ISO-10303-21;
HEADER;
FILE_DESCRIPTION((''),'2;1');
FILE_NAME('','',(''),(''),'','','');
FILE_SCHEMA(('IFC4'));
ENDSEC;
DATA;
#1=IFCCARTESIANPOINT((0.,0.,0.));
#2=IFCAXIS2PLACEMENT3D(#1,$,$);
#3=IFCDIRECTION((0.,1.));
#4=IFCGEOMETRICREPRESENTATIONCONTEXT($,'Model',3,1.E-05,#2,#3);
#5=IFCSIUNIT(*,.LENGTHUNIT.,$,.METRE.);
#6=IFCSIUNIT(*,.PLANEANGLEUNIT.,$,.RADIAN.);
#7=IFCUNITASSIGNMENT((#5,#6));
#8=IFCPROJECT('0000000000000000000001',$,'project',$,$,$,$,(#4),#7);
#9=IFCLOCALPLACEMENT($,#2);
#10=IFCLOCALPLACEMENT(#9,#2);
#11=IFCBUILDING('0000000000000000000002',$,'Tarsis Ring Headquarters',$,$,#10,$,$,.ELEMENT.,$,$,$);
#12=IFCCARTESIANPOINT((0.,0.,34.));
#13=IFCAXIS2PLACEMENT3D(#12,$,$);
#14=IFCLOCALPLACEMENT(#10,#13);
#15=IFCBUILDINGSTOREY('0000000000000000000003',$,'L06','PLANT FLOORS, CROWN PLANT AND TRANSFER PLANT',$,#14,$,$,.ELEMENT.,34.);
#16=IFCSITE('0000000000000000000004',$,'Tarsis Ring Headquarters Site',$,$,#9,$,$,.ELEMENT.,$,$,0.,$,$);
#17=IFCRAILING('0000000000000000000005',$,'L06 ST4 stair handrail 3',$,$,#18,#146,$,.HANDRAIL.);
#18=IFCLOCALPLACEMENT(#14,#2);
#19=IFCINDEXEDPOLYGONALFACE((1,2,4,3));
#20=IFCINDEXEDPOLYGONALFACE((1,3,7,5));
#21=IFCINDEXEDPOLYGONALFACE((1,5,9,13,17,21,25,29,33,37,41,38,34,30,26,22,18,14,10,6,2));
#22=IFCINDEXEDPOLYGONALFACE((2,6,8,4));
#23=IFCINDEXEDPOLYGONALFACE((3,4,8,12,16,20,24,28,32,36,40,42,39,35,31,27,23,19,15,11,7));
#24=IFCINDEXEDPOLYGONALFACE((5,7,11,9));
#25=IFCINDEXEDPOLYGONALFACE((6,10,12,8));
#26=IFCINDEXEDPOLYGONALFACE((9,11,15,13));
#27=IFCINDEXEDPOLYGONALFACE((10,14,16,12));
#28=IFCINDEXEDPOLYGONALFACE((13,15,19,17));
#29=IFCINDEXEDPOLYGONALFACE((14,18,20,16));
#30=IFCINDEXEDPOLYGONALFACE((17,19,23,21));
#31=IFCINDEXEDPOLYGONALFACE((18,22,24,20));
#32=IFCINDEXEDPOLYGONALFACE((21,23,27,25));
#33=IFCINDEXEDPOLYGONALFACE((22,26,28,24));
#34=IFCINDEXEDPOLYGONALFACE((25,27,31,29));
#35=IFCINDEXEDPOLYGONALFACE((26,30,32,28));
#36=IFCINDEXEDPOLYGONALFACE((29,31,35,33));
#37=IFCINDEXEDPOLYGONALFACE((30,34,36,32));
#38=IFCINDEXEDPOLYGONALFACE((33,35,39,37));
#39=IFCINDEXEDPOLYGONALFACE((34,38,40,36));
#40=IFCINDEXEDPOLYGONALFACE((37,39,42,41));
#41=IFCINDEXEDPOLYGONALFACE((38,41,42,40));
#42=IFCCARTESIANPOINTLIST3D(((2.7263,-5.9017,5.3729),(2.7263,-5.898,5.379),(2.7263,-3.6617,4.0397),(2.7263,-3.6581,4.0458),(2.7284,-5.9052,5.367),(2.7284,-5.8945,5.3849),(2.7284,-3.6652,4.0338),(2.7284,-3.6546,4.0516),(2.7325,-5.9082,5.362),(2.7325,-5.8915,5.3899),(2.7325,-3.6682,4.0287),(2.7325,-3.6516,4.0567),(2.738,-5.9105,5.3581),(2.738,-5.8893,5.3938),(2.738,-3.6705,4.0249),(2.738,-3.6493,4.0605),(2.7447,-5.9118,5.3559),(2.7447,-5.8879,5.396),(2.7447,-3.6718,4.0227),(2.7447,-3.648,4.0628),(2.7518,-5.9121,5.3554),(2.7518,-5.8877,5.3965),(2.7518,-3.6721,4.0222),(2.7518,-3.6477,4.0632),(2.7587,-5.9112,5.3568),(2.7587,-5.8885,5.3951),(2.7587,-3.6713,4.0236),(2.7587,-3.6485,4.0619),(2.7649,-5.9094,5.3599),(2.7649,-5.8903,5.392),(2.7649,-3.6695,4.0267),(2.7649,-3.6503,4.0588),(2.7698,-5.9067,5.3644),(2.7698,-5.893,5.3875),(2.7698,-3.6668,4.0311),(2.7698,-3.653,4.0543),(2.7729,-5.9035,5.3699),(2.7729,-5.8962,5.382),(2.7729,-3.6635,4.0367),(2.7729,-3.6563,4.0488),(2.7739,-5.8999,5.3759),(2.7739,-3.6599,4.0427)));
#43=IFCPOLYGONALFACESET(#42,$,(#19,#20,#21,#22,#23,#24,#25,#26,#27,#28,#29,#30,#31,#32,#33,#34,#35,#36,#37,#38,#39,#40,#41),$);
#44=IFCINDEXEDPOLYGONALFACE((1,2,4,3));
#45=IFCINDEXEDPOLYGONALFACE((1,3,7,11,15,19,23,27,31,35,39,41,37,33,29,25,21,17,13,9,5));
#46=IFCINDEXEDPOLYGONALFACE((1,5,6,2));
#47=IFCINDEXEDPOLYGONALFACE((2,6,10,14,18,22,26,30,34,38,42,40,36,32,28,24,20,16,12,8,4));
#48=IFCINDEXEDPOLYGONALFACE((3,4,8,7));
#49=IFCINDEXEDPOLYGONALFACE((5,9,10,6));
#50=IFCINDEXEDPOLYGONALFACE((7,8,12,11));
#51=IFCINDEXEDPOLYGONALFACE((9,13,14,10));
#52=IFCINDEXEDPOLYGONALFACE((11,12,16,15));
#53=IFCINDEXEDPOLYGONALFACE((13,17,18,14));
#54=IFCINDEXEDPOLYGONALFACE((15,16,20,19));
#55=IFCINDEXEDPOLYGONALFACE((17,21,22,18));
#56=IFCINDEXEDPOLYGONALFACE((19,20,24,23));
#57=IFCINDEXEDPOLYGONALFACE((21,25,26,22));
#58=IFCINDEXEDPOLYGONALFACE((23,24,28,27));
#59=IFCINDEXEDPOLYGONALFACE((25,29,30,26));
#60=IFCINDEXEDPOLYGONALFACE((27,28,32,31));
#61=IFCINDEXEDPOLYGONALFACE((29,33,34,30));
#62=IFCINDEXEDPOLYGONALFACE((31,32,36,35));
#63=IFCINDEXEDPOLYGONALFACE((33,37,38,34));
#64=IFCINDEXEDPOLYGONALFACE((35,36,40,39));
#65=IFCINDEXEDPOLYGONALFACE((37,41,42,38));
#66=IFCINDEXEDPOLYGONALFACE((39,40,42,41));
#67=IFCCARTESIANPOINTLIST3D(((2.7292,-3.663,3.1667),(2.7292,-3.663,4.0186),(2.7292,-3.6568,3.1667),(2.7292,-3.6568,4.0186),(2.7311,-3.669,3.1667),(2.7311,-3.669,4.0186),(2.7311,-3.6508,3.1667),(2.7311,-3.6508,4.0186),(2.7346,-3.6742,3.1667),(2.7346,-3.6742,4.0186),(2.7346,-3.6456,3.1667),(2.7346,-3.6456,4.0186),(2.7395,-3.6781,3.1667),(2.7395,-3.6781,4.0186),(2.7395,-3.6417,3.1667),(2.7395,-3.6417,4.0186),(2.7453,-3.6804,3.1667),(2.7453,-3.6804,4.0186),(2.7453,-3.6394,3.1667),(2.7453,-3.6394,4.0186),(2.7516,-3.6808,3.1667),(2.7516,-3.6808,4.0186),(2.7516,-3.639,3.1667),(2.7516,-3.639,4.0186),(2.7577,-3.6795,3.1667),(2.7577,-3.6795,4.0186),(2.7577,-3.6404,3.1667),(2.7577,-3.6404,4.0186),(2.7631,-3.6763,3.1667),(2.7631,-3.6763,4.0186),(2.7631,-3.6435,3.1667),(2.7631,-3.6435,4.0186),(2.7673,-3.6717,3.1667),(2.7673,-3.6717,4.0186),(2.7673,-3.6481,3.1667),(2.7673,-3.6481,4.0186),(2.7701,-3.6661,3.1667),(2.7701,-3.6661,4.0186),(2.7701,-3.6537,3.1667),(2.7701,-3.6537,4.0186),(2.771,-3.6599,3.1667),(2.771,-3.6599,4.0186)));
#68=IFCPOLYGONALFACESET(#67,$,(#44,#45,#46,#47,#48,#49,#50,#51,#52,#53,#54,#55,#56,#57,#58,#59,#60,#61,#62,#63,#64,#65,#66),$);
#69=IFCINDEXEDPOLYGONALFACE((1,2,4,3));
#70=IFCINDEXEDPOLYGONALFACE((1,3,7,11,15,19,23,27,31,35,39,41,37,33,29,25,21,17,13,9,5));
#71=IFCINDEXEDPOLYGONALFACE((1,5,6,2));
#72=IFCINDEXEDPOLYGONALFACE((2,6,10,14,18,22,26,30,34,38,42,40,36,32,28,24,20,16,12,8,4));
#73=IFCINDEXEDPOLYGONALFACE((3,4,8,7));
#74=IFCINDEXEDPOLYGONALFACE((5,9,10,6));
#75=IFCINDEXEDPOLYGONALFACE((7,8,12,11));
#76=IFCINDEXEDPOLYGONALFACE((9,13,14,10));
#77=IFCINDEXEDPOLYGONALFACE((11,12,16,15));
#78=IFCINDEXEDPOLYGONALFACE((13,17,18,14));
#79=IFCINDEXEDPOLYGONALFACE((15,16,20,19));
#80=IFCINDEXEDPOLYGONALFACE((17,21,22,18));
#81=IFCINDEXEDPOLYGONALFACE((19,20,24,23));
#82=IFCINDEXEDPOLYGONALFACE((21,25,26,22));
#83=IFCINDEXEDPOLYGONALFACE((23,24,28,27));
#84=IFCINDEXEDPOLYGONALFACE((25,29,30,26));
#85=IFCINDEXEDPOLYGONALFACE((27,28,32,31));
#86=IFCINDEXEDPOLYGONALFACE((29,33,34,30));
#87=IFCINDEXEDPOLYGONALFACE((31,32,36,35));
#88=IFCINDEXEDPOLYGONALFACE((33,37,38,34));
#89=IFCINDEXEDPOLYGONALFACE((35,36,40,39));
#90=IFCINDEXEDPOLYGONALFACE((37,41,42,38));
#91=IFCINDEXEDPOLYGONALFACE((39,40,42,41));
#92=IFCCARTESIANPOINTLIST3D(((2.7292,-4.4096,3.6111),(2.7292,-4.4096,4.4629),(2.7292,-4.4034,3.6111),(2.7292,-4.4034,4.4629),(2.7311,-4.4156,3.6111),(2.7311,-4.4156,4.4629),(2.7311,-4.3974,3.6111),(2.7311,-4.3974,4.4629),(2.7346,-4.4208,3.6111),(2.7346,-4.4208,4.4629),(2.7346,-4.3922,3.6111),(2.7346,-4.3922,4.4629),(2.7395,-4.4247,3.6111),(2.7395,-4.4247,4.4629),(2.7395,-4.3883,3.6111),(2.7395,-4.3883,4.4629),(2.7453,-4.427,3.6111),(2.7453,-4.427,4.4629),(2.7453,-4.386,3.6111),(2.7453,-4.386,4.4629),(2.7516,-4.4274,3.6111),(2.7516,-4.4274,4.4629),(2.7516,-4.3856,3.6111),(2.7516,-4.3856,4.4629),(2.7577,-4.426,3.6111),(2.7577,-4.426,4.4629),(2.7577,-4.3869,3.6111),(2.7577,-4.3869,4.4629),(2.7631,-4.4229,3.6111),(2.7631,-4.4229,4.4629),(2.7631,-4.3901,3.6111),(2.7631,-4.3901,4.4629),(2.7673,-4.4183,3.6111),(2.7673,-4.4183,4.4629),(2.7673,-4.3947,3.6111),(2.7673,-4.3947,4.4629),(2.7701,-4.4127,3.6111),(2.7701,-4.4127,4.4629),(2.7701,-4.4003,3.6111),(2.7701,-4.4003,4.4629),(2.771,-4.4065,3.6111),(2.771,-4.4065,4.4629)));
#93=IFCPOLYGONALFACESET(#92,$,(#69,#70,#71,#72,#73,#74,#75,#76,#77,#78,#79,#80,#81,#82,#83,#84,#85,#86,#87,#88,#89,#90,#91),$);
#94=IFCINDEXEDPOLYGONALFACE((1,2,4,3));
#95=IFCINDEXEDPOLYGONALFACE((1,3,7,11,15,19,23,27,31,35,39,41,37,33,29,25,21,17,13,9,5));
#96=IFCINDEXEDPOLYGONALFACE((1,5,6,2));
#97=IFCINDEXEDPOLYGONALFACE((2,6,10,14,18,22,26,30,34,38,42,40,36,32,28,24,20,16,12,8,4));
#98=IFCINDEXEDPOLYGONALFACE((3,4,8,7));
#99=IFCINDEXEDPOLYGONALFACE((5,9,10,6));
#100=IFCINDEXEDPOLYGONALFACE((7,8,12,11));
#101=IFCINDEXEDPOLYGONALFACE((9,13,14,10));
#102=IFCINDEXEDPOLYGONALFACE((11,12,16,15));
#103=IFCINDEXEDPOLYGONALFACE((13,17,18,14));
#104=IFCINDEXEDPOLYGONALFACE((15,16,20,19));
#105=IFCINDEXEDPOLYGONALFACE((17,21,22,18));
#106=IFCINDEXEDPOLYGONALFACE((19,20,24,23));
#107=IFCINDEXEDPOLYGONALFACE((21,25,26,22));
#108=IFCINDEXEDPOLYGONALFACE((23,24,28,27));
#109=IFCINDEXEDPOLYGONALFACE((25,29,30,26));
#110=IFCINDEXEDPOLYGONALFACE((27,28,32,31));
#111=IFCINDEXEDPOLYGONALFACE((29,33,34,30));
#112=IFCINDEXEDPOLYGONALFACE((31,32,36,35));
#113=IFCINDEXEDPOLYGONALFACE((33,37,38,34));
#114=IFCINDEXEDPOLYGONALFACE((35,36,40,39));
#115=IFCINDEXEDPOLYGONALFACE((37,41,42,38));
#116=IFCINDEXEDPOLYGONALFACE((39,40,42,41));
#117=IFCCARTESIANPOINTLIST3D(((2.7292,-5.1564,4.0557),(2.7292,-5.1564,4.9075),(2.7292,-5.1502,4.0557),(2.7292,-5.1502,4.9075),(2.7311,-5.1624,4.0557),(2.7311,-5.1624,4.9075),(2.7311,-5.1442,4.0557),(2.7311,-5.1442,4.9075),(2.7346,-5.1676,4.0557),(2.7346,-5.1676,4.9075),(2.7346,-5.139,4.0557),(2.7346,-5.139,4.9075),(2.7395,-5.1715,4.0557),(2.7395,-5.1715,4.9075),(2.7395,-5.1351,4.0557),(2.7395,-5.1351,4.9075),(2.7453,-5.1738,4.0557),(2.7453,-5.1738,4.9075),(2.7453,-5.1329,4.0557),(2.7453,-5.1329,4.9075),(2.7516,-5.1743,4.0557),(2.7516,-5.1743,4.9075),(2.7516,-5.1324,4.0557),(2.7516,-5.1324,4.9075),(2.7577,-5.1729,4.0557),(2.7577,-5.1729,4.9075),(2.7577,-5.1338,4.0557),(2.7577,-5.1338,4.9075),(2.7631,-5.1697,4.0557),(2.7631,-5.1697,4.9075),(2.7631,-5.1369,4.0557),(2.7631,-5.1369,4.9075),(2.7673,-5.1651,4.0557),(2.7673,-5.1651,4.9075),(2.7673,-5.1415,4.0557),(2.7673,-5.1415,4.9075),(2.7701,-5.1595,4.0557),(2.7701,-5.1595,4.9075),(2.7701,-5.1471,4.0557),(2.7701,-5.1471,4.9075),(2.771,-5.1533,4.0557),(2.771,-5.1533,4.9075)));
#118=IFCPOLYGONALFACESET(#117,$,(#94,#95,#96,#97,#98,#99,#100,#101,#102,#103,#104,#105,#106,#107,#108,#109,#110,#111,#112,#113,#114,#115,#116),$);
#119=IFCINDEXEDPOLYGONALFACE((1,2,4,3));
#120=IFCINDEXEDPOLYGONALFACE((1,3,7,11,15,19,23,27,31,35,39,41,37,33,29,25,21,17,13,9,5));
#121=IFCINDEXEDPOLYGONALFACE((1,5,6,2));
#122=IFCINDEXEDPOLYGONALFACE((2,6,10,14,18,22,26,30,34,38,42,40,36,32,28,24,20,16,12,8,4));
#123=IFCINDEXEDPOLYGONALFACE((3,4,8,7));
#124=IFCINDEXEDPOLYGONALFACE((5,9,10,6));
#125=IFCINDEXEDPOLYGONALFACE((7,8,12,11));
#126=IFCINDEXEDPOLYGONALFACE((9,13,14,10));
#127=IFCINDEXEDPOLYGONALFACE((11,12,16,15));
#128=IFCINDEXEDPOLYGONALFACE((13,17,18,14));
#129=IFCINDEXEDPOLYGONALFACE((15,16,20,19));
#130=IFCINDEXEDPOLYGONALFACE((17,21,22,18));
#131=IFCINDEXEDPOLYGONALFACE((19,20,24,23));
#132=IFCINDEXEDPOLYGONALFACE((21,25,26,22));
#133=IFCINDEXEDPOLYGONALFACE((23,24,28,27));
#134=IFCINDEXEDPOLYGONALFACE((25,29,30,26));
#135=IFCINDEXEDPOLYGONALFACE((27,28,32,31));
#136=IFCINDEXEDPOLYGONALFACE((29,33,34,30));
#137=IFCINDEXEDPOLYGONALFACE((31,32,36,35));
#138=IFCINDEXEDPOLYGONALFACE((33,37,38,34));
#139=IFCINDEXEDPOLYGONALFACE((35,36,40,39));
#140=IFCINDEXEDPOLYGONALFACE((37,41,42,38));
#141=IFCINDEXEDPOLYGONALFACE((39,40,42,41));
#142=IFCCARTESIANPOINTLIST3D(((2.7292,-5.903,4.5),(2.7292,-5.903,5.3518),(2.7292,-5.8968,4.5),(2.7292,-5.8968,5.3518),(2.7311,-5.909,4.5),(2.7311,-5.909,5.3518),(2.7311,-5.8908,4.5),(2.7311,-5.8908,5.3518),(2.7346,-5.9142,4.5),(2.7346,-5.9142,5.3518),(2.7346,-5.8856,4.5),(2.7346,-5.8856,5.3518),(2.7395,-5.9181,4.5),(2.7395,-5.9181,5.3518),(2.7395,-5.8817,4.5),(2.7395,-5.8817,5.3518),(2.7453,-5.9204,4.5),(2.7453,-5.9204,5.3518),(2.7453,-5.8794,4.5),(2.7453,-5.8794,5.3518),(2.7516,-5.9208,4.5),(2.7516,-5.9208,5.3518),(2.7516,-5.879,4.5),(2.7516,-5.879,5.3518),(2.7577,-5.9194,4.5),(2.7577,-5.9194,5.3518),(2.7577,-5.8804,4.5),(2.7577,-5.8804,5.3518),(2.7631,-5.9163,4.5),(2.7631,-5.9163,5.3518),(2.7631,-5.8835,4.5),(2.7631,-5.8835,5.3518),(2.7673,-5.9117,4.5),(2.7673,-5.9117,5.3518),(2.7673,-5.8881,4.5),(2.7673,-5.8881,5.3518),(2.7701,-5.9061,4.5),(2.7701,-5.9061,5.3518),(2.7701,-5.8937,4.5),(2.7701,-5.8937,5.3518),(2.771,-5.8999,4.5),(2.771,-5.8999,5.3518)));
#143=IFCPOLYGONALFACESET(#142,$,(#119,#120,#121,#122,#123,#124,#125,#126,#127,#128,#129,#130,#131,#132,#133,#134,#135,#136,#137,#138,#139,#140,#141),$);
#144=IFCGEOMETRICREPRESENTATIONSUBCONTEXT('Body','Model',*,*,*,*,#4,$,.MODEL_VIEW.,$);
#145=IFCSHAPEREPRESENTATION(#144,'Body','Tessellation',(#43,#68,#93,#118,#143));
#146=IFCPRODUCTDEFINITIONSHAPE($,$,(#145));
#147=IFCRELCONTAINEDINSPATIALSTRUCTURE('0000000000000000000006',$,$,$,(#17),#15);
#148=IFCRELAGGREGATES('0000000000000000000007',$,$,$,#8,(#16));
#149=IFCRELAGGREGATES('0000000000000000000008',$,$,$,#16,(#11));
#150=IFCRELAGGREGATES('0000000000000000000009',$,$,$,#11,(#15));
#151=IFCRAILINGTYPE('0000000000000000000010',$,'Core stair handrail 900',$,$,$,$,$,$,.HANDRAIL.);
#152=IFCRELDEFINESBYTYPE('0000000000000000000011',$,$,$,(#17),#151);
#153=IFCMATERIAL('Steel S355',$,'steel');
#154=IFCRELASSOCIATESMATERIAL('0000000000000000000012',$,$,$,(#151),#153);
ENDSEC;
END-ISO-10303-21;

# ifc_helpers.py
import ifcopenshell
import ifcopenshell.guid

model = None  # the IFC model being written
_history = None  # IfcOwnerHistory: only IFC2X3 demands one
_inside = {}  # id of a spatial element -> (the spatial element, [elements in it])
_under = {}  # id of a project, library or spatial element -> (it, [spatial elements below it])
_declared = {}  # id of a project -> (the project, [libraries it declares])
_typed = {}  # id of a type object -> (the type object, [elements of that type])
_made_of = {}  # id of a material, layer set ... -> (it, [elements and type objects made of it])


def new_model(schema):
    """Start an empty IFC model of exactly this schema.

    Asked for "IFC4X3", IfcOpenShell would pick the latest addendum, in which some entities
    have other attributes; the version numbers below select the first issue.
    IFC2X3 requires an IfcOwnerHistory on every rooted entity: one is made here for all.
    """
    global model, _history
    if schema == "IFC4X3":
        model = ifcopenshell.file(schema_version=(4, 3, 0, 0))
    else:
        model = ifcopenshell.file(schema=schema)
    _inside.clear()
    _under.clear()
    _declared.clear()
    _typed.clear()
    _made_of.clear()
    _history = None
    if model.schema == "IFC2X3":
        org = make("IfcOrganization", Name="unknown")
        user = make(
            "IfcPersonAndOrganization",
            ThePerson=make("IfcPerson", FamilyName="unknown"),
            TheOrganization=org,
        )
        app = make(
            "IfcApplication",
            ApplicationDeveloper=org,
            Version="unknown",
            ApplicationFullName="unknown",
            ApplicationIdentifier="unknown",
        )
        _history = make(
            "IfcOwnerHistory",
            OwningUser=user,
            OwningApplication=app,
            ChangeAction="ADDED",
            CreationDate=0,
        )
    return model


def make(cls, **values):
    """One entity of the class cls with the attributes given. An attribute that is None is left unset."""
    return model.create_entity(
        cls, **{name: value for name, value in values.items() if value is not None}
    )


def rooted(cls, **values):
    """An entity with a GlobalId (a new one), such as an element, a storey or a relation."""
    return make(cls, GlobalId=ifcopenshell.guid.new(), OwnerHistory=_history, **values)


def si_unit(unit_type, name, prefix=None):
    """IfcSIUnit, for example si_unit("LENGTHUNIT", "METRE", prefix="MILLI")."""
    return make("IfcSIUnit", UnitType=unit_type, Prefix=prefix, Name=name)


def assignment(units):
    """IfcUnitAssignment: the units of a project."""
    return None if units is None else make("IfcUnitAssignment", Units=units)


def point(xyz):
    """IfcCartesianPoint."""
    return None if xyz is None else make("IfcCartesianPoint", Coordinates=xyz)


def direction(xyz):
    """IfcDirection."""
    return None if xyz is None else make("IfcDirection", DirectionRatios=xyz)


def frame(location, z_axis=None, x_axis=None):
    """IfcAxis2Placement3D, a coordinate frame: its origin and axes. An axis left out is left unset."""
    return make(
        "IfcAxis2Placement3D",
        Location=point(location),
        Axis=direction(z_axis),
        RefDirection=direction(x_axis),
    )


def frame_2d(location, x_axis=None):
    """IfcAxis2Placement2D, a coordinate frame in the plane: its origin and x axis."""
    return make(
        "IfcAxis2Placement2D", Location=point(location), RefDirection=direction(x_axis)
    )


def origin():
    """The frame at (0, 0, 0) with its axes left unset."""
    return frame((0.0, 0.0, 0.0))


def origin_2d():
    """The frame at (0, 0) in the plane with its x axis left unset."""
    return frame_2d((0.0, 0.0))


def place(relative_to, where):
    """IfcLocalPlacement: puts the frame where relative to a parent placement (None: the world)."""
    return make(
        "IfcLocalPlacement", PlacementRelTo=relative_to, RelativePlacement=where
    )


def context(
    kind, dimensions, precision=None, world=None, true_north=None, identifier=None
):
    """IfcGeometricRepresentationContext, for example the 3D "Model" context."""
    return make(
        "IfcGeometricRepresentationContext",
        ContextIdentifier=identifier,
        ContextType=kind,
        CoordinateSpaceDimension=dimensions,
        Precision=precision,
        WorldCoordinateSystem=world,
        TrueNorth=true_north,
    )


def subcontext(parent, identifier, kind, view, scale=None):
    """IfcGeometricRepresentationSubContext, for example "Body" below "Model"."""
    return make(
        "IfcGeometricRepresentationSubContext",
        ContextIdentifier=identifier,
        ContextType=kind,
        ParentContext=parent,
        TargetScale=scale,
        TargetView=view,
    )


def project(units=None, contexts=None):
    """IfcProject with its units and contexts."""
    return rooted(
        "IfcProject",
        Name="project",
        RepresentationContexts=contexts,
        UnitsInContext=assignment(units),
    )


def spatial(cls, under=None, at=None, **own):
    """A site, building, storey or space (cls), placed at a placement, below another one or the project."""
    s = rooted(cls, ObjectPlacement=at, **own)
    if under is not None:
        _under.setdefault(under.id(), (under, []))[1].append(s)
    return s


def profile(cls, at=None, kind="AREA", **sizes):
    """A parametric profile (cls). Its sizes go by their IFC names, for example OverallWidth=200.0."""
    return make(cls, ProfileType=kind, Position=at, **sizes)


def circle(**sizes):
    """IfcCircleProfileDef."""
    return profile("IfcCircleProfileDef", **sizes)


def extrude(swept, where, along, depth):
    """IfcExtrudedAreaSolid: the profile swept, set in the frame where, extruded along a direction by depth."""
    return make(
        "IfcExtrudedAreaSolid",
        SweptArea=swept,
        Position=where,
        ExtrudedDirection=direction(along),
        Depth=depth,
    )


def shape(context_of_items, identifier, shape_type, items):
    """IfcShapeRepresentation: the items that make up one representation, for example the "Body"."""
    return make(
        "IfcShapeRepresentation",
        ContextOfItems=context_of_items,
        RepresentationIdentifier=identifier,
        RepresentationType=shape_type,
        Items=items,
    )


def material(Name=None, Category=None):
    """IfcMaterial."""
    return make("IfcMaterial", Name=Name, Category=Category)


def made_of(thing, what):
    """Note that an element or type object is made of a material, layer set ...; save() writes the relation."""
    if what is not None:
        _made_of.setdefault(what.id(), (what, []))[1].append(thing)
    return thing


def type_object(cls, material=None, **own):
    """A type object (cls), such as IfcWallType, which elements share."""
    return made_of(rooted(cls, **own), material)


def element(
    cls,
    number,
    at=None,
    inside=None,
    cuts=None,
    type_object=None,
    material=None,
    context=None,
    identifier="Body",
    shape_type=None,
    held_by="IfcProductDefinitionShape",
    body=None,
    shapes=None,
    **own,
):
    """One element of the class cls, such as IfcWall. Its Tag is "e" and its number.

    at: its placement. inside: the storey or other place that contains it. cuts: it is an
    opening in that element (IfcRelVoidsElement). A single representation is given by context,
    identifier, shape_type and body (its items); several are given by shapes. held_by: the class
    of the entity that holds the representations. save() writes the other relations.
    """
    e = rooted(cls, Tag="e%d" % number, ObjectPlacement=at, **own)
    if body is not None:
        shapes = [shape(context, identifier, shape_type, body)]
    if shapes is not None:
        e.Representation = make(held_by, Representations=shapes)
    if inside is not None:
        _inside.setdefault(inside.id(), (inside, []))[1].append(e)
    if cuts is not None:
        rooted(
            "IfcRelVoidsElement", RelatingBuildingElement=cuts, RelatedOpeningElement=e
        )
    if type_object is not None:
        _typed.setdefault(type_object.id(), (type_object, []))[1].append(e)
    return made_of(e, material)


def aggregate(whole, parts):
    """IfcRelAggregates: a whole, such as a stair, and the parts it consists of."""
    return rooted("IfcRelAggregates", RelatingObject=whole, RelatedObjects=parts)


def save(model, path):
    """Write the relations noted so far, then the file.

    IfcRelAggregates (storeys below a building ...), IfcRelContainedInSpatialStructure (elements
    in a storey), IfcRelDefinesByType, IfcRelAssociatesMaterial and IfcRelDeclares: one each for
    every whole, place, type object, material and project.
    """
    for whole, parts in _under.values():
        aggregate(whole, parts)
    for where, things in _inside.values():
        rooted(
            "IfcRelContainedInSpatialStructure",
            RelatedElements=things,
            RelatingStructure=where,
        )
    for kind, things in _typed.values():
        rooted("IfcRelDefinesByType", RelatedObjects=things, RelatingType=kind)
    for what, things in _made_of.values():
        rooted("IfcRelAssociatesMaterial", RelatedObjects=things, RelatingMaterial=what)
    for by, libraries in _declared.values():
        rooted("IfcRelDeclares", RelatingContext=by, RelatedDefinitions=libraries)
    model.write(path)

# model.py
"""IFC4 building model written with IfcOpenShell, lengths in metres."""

from ifc_helpers import new_model, si_unit, direction, frame, origin, origin_2d, place, context, subcontext, project, spatial, circle, extrude, material, type_object, element, save


model = new_model("IFC4")

# Units and contexts
model_context = context("Model", 3, precision=1e-05, world=origin(), true_north=direction((0.0, 1.0)))
body_context = subcontext(model_context, "Body", "Model", "MODEL_VIEW")
ifc_project = project(units=[si_unit("LENGTHUNIT", "METRE"), si_unit("PLANEANGLEUNIT", "RADIAN")], contexts=[model_context])

# Site, building, storey
site_placement = place(None, origin())
site = spatial("IfcSite", under=ifc_project, at=site_placement, Name="Tarsis Ring Headquarters Site", CompositionType="ELEMENT", RefElevation=0.0)
building_placement = place(site_placement, origin())
building = spatial("IfcBuilding", under=site, at=building_placement, Name="Tarsis Ring Headquarters", CompositionType="ELEMENT")
storey_placement = place(building_placement, frame((0.0, 0.0, 34.0)))
storey = spatial("IfcBuildingStorey", under=building, at=storey_placement, Name="L06", Description="PLANT FLOORS, CROWN PLANT AND TRANSFER PLANT", CompositionType="ELEMENT", Elevation=34.0)

# Railing
ifc_material_1 = material(Name="Steel S355", Category="steel")
railing_type_1 = type_object("IfcRailingType", Name="Core stair handrail 900", PredefinedType="HANDRAIL", material=ifc_material_1)
for number, where, name in (
    (1, (2.75, -3.6599, 3.1667), "L06 ST4 stair handrail 3"),
):
    element("IfcRailing", number, at=place(storey_placement, frame(where)), inside=storey, type_object=railing_type_1, Name=name, PredefinedType="HANDRAIL", context=body_context, shape_type="SweptSolid", body=[
        extrude(circle(Radius=0.0239, at=origin_2d()), frame((0.0, 0.0, 0.876), z_axis=(0.0, -0.859306, 0.511462), x_axis=(1.0, 0.0, 0.0)), (0.0, 0.0, 1.0), 2.6067),
        extrude(circle(Radius=0.021, at=origin_2d()), origin(), (0.0, 0.0, 1.0), 0.8518),
        extrude(circle(Radius=0.021, at=origin_2d()), frame((0.0, -0.7466, 0.4443)), (0.0, 0.0, 1.0), 0.8518),
        extrude(circle(Radius=0.021, at=origin_2d()), frame((0.0, -1.4934, 0.8889)), (0.0, 0.0, 1.0), 0.8518),
        extrude(circle(Radius=0.021, at=origin_2d()), frame((0.0, -2.24, 1.3333)), (0.0, 0.0, 1.0), 0.8518),
    ])

save(model, "model.ifc")
